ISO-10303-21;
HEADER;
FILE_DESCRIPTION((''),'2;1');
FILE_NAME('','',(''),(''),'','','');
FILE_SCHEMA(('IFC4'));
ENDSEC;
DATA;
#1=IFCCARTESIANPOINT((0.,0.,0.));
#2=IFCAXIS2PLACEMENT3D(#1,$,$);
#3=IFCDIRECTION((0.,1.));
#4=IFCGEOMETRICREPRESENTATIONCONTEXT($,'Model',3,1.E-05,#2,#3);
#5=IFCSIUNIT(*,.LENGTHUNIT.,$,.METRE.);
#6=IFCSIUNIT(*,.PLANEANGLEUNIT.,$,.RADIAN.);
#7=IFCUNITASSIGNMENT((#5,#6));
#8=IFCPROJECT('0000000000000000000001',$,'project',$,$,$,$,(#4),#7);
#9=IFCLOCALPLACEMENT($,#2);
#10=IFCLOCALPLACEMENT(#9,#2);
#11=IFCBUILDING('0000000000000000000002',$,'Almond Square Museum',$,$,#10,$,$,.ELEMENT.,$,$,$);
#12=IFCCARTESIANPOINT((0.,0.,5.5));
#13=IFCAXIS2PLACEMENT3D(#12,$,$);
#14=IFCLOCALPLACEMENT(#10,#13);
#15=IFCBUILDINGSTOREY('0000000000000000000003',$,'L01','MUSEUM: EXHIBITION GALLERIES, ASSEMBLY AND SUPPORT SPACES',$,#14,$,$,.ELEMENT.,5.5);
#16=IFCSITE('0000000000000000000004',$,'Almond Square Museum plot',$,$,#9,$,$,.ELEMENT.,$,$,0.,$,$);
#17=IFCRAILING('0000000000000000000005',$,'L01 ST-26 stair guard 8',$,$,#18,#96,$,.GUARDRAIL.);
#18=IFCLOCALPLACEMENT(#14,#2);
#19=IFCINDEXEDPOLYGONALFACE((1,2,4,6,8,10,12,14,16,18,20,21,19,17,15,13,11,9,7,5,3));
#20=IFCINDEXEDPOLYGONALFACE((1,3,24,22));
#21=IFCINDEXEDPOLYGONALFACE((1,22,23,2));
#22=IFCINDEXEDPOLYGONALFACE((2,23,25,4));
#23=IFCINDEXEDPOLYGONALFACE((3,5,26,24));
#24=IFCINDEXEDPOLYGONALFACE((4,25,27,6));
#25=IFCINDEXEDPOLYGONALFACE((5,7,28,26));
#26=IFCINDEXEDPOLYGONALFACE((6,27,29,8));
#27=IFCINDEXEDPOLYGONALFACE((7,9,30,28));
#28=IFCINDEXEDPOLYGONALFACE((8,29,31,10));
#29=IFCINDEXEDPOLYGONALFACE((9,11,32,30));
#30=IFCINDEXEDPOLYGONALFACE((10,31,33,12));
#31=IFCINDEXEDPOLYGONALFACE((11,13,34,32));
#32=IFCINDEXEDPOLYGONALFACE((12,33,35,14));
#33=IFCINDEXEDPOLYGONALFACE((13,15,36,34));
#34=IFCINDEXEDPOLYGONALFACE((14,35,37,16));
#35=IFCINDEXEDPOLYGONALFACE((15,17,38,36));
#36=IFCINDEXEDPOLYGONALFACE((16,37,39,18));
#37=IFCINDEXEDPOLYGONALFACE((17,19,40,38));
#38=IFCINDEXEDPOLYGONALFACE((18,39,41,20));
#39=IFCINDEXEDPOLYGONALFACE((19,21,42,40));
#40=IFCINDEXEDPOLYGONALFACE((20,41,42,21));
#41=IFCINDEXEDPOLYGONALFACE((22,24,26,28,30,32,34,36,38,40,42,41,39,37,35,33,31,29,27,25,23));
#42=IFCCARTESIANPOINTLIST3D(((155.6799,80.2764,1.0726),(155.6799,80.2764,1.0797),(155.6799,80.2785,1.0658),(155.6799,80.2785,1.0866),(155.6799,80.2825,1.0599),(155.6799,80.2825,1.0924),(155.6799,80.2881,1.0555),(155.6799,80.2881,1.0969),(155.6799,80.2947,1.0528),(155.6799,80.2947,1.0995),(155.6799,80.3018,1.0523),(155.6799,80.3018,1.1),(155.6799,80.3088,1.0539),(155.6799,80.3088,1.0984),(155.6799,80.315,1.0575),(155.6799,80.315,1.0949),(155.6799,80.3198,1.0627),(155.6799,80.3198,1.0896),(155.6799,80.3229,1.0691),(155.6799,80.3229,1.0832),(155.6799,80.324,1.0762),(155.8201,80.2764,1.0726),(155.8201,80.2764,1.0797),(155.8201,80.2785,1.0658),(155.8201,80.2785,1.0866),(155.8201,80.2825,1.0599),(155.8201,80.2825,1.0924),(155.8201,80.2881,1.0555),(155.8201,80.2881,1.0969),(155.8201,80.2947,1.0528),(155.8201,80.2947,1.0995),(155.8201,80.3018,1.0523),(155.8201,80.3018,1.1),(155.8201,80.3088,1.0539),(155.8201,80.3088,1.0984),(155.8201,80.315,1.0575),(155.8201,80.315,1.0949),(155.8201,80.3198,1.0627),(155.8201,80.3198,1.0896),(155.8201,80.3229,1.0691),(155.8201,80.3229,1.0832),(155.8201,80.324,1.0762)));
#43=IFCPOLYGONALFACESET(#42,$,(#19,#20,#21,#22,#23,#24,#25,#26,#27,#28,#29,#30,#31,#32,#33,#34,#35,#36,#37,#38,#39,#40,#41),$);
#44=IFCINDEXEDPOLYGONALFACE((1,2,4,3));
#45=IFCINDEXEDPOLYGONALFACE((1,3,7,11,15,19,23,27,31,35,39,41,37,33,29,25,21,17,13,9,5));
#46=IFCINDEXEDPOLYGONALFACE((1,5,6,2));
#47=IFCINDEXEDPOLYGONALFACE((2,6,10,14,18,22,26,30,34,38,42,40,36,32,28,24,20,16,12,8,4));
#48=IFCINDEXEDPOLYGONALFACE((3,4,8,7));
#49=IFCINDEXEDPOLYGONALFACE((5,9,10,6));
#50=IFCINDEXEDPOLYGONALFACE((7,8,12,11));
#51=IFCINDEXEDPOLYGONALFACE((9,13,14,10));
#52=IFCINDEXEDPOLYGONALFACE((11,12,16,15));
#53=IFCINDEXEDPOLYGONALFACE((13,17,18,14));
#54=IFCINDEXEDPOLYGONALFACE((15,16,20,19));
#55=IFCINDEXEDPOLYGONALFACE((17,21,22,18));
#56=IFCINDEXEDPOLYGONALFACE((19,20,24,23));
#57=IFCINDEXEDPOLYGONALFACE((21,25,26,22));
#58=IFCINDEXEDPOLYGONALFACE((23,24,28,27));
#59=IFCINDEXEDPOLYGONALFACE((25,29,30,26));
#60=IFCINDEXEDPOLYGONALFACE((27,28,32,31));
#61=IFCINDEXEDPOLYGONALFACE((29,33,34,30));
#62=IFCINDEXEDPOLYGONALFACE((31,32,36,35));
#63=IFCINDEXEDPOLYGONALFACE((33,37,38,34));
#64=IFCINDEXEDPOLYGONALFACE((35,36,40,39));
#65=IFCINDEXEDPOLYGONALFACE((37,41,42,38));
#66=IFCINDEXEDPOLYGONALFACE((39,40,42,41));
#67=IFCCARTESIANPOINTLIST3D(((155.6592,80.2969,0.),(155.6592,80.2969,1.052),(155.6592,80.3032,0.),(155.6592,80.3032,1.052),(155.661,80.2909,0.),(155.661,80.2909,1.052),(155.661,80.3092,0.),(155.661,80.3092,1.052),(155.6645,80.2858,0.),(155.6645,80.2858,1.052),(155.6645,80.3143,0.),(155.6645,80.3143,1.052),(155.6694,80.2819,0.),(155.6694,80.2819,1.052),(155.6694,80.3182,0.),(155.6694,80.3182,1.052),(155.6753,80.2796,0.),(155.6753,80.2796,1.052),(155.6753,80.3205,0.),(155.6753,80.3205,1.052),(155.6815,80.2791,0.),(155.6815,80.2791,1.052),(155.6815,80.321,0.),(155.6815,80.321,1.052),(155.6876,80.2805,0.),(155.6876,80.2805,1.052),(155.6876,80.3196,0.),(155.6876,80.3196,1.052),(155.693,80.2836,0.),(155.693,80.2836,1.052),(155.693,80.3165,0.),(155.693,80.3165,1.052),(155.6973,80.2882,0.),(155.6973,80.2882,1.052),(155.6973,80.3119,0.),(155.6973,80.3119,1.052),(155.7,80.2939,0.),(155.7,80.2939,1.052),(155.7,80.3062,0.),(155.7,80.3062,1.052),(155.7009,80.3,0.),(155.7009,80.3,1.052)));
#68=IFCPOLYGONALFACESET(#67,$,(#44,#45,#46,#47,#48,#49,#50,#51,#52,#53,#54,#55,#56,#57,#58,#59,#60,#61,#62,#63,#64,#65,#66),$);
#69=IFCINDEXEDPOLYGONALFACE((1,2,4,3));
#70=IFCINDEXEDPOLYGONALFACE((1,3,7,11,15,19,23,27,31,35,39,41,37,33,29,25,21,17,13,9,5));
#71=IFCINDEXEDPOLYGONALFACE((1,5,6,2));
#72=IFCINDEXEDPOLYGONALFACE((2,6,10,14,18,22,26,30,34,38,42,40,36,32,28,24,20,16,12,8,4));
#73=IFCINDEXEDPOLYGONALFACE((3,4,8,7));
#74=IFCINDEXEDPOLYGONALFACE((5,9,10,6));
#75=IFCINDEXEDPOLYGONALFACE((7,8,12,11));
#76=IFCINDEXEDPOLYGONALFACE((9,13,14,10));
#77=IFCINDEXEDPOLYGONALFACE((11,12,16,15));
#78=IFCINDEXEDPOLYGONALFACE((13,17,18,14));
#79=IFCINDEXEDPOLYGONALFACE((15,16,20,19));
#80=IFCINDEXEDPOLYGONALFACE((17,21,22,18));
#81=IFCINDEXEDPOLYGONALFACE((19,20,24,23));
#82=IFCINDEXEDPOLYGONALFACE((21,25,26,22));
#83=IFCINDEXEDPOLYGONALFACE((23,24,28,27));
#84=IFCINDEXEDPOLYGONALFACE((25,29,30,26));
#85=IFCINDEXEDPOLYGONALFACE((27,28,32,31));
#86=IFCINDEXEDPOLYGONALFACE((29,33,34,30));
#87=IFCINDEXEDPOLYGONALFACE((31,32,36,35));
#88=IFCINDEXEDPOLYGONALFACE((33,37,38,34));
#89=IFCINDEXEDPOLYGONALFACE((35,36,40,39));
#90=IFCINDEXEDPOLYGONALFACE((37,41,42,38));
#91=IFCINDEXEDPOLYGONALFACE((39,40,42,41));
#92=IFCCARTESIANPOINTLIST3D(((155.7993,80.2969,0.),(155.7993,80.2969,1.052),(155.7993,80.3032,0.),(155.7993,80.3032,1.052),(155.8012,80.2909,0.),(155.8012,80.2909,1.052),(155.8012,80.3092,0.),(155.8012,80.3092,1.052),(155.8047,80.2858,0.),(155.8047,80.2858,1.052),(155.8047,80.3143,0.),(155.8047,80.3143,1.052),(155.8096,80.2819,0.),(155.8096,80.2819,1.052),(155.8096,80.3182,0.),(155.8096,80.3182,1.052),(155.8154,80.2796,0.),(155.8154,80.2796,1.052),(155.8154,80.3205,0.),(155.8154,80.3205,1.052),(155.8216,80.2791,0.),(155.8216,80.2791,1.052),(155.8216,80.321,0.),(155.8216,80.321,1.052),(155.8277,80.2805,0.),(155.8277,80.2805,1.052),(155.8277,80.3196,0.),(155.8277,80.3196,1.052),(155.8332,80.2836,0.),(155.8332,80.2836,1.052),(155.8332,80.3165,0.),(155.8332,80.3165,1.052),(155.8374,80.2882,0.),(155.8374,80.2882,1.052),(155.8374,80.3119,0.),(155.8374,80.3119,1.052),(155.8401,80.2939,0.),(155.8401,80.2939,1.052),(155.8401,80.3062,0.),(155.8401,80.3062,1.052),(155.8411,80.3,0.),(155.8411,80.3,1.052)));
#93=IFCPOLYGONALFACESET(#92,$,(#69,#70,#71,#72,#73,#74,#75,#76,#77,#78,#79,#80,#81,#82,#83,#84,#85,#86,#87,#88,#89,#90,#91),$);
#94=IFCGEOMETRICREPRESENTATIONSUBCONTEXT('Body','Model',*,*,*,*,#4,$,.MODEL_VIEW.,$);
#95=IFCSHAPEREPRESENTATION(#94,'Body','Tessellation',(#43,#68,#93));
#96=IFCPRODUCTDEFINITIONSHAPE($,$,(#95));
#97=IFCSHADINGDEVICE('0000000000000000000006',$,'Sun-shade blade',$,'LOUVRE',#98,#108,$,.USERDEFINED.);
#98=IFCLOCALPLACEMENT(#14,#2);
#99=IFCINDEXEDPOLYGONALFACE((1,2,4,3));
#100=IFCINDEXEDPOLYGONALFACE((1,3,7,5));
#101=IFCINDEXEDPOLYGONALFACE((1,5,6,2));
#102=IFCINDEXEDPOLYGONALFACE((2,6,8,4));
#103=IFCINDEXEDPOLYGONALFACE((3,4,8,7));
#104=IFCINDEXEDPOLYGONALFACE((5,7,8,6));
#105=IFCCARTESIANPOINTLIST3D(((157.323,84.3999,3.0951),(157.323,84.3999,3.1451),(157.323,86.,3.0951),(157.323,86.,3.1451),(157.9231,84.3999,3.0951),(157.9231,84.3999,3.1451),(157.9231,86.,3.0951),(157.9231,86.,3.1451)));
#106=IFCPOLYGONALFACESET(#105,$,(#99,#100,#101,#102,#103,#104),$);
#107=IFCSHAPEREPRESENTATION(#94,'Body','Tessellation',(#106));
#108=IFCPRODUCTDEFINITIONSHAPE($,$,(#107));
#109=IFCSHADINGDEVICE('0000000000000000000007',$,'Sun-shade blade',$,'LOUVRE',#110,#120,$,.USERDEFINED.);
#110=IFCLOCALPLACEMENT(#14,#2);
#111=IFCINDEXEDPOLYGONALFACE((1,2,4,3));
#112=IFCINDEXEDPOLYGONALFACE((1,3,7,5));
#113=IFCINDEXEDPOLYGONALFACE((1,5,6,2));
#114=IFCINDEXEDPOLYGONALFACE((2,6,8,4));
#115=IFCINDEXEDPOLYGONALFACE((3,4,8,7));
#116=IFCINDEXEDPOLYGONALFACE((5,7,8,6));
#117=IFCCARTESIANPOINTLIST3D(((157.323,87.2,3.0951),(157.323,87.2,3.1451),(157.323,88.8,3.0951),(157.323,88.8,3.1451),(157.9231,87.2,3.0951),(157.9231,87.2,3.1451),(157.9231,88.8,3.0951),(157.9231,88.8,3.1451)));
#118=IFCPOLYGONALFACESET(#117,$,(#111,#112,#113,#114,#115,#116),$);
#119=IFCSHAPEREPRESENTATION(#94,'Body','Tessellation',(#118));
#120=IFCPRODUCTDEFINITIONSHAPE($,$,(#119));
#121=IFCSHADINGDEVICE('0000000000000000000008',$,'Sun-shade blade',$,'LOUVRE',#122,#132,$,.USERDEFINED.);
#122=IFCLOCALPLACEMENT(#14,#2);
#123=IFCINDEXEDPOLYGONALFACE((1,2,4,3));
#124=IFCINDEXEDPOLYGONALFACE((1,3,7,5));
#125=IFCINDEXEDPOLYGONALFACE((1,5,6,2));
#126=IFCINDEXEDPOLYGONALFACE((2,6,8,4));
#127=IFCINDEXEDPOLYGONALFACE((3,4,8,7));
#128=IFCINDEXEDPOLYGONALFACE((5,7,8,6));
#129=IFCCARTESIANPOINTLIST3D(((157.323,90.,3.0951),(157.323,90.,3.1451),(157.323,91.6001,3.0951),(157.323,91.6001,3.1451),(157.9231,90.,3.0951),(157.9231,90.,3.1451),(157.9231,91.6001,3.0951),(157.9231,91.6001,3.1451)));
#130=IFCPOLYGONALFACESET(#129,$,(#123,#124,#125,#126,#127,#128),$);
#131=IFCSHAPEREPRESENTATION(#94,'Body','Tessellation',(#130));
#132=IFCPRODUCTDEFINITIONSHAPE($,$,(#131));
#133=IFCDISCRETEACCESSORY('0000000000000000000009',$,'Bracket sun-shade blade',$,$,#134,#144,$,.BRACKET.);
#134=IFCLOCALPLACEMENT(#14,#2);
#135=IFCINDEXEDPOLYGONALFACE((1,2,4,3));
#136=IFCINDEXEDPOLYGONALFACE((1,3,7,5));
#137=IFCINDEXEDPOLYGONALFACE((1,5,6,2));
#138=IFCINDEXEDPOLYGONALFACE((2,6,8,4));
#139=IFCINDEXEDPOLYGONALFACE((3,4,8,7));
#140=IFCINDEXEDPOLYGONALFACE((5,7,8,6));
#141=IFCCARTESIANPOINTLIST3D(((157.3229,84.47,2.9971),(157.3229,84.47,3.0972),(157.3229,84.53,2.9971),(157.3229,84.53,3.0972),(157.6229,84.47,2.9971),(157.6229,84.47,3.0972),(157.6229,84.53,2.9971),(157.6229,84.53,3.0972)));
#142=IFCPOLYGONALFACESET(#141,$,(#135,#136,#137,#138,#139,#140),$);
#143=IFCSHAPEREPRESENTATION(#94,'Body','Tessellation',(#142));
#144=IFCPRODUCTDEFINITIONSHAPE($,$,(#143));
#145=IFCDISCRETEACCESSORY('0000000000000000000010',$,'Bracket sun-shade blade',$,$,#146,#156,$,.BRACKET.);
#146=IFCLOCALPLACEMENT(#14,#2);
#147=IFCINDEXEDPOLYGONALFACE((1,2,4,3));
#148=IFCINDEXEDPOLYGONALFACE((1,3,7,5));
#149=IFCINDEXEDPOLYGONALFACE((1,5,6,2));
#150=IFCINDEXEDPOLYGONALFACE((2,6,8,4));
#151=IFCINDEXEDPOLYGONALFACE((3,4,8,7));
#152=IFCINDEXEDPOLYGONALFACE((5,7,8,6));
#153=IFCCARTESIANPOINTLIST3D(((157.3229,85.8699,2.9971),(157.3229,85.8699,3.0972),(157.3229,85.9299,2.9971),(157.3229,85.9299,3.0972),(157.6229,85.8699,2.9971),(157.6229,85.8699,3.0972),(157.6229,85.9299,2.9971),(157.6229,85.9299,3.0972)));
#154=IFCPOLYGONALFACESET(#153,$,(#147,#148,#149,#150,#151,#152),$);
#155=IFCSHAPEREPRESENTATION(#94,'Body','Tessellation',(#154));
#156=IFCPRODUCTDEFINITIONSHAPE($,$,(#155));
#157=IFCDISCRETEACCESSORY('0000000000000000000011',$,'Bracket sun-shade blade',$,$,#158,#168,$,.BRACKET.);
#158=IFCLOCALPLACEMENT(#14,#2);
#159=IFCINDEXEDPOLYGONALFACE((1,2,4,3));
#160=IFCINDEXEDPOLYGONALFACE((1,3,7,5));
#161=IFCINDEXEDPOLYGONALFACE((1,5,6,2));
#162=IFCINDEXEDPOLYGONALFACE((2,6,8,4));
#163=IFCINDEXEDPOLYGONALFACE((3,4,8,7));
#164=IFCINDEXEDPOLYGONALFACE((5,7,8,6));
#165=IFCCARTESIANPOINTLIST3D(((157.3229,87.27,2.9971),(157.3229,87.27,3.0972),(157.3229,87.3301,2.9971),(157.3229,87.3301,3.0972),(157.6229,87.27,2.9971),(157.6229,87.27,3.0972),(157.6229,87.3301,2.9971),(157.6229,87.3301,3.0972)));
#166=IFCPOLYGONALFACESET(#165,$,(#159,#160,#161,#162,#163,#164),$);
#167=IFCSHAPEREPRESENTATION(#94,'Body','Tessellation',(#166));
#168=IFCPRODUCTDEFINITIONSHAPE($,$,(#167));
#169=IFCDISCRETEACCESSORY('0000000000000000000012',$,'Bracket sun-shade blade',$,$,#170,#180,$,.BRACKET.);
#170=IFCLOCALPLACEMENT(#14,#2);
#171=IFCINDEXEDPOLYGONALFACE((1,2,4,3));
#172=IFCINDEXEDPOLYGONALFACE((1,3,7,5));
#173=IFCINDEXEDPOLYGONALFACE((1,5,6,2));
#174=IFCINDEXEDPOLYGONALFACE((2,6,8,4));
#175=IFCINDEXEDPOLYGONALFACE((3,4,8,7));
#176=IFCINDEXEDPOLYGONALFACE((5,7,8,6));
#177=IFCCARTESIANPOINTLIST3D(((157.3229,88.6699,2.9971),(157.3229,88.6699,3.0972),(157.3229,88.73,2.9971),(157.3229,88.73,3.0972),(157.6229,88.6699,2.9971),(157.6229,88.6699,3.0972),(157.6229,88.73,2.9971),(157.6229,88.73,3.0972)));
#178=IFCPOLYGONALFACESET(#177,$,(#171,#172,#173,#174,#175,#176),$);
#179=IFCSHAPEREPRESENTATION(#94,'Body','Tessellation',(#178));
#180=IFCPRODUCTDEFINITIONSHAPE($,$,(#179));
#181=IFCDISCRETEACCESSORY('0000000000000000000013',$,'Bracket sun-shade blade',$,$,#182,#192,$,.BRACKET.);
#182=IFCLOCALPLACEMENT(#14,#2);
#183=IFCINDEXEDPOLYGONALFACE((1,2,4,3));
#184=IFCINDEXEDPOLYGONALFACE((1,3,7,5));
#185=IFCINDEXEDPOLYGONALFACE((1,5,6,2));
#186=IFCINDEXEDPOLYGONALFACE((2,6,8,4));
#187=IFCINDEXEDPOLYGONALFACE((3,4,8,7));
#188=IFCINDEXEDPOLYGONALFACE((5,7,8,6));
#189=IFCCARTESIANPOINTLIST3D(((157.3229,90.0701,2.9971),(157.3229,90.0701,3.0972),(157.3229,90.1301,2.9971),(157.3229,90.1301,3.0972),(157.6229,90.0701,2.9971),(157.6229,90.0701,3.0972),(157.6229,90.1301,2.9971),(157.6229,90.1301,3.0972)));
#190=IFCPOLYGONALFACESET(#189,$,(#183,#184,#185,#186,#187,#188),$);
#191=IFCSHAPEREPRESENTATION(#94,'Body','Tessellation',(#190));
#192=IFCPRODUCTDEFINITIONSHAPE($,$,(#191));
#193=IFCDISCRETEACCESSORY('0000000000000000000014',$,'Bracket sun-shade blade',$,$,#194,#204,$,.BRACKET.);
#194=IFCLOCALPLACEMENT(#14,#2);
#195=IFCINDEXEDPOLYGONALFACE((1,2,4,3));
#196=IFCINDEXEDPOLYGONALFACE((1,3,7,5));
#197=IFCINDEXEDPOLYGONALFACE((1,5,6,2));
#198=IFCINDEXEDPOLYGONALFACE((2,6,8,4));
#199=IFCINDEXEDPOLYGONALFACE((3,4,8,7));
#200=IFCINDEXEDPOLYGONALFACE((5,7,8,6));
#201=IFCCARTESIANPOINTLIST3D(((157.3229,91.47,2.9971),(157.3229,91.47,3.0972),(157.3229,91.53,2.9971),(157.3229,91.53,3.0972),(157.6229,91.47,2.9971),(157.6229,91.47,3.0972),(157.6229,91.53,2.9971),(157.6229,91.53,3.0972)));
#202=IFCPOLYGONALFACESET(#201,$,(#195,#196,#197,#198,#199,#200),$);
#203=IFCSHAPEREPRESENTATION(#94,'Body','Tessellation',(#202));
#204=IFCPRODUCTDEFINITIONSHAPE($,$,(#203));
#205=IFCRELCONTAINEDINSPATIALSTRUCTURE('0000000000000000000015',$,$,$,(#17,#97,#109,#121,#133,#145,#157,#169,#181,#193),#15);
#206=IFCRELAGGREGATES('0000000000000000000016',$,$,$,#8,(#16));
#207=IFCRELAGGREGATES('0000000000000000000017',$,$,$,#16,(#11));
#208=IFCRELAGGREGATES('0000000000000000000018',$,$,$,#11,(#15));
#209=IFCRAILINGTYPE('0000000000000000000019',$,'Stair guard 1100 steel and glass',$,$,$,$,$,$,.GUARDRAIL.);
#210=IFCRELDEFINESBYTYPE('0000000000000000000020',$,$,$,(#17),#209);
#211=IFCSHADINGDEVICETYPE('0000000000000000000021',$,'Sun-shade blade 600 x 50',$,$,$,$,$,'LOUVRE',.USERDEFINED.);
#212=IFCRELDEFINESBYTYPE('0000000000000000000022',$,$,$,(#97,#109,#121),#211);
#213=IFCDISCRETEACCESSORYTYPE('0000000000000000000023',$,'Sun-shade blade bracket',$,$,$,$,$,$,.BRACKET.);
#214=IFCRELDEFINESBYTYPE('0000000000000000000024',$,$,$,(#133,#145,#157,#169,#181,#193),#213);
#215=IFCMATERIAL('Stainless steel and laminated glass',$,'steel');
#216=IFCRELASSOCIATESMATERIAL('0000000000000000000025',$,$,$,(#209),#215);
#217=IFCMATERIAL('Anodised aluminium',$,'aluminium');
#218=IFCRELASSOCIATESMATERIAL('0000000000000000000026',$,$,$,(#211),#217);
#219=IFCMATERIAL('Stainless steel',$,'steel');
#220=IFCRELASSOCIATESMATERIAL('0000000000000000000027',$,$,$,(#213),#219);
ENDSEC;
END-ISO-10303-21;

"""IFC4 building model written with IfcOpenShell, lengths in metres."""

from ifc_helpers import new_model, si_unit, direction, frame, origin, origin_2d, place, context, subcontext, project, spatial, rectangle, circle, extrude, material, material_profile, profile_set, type_object, element, save


model = new_model("IFC4")

# Units and contexts
model_context = context("Model", 3, precision=1e-05, world=origin(), true_north=direction((0.0, 1.0)))
body_context = subcontext(model_context, "Body", "Model", "MODEL_VIEW")
ifc_project = project(units=[si_unit("LENGTHUNIT", "METRE"), si_unit("PLANEANGLEUNIT", "RADIAN")], contexts=[model_context])

# Site, building, storey
site_placement = place(None, origin())
site = spatial("IfcSite", under=ifc_project, at=site_placement, Name="Almond Square Museum plot", CompositionType="ELEMENT", RefElevation=0.0)
building_placement = place(site_placement, origin())
building = spatial("IfcBuilding", under=site, at=building_placement, Name="Almond Square Museum", CompositionType="ELEMENT")
storey_placement = place(building_placement, frame((0.0, 0.0, 5.5)))
storey = spatial("IfcBuildingStorey", under=building, at=storey_placement, Name="L01", Description="MUSEUM: EXHIBITION GALLERIES, ASSEMBLY AND SUPPORT SPACES", CompositionType="ELEMENT", Elevation=5.5)

# Railing
ifc_material_1 = material(Name="Stainless steel and laminated glass", Category="steel")
railing_type = type_object("IfcRailingType", Name="Stair guard 1100 steel and glass", PredefinedType="GUARDRAIL", material=ifc_material_1)
railing_1_placement = place(storey_placement, frame((155.6799, 80.3, 0.0)))
element("IfcRailing", 1, at=railing_1_placement, inside=storey, type_object=railing_type, Name="L01 ST-26 stair guard 8", PredefinedType="GUARDRAIL", context=body_context, shape_type="SweptSolid", body=[
    extrude(circle(Radius=0.0239, at=origin_2d()), frame((0.0, 0.0, 1.0762), z_axis=(1.0, 0.0, 0.0), x_axis=(0.0, 1.0, 0.0)), (0.0, 0.0, 1.0), 0.1401),
    extrude(circle(Radius=0.021, at=origin_2d()), origin(), (0.0, 0.0, 1.0), 1.052),
    extrude(circle(Radius=0.021, at=origin_2d()), frame((0.1401, 0.0, 0.0)), (0.0, 0.0, 1.0), 1.052),
])

# Shading devices
ifc_material_2 = material(Name="Anodised aluminium", Category="aluminium")
ifc_material_profile_1 = material_profile(ifc_material_2, rectangle(XDim=0.6001, YDim=0.05, at=origin_2d()))
ifc_profile_set_1 = profile_set([ifc_material_profile_1], Name="Anodised aluminium")
shading_device_type = type_object("IfcShadingDeviceType", Name="Sun-shade blade 600 x 50", ElementType="LOUVRE", PredefinedType="USERDEFINED", material=ifc_profile_set_1)
for number, where, z_axis, x_axis, name in (
    (2, (157.623, 84.3999, 3.1201), (0.0, 1.0, 0.0), (-1.0, 0.0, 0.0), "Sun-shade blade"),
    (3, (157.623, 87.2, 3.1201), (0.0, 1.0, 0.0), (-1.0, 0.0, 0.0), "Sun-shade blade"),
    (4, (157.623, 90.0, 3.1201), (0.0, 1.0, 0.0), (-1.0, 0.0, 0.0), "Sun-shade blade"),
):
    element("IfcShadingDevice", number, at=place(storey_placement, frame(where, z_axis=z_axis, x_axis=x_axis)), inside=storey, type_object=shading_device_type, Name=name, ObjectType="LOUVRE", PredefinedType="USERDEFINED", context=body_context, shape_type="SweptSolid", body=[
        extrude(rectangle(XDim=0.6001, YDim=0.05, at=origin_2d()), origin(), (0.0, 0.0, 1.0), 1.6001),
    ])

# Discrete accessories
ifc_material_3 = material(Name="Stainless steel", Category="steel")
discrete_accessory_type = type_object("IfcDiscreteAccessoryType", Name="Sun-shade blade bracket", PredefinedType="BRACKET", material=ifc_material_3)
for number, where, z_axis, x_axis, name in (
    (5, (157.4729, 84.5, 2.9971), (0.0, 0.0, 1.0), (1.0, 0.0, 0.0), "Bracket sun-shade blade"),
    (6, (157.4729, 85.8999, 2.9971), (0.0, 0.0, 1.0), (1.0, 0.0, 0.0), "Bracket sun-shade blade"),
    (7, (157.4729, 87.3, 2.9971), (0.0, 0.0, 1.0), (1.0, 0.0, 0.0), "Bracket sun-shade blade"),
    (8, (157.4729, 88.7, 2.9971), (0.0, 0.0, 1.0), (1.0, 0.0, 0.0), "Bracket sun-shade blade"),
    (9, (157.4729, 90.1001, 2.9971), (0.0, 0.0, 1.0), (1.0, 0.0, 0.0), "Bracket sun-shade blade"),
    (10, (157.4729, 91.5, 2.9971), (0.0, 0.0, 1.0), (1.0, 0.0, 0.0), "Bracket sun-shade blade"),
):
    element("IfcDiscreteAccessory", number, at=place(storey_placement, frame(where, z_axis=z_axis, x_axis=x_axis)), inside=storey, type_object=discrete_accessory_type, Name=name, PredefinedType="BRACKET", context=body_context, shape_type="SweptSolid", body=[
        extrude(rectangle(XDim=0.3, YDim=0.0601, at=origin_2d()), origin(), (0.0, 0.0, 1.0), 0.1001),
    ])

save(model, "model.ifc")
